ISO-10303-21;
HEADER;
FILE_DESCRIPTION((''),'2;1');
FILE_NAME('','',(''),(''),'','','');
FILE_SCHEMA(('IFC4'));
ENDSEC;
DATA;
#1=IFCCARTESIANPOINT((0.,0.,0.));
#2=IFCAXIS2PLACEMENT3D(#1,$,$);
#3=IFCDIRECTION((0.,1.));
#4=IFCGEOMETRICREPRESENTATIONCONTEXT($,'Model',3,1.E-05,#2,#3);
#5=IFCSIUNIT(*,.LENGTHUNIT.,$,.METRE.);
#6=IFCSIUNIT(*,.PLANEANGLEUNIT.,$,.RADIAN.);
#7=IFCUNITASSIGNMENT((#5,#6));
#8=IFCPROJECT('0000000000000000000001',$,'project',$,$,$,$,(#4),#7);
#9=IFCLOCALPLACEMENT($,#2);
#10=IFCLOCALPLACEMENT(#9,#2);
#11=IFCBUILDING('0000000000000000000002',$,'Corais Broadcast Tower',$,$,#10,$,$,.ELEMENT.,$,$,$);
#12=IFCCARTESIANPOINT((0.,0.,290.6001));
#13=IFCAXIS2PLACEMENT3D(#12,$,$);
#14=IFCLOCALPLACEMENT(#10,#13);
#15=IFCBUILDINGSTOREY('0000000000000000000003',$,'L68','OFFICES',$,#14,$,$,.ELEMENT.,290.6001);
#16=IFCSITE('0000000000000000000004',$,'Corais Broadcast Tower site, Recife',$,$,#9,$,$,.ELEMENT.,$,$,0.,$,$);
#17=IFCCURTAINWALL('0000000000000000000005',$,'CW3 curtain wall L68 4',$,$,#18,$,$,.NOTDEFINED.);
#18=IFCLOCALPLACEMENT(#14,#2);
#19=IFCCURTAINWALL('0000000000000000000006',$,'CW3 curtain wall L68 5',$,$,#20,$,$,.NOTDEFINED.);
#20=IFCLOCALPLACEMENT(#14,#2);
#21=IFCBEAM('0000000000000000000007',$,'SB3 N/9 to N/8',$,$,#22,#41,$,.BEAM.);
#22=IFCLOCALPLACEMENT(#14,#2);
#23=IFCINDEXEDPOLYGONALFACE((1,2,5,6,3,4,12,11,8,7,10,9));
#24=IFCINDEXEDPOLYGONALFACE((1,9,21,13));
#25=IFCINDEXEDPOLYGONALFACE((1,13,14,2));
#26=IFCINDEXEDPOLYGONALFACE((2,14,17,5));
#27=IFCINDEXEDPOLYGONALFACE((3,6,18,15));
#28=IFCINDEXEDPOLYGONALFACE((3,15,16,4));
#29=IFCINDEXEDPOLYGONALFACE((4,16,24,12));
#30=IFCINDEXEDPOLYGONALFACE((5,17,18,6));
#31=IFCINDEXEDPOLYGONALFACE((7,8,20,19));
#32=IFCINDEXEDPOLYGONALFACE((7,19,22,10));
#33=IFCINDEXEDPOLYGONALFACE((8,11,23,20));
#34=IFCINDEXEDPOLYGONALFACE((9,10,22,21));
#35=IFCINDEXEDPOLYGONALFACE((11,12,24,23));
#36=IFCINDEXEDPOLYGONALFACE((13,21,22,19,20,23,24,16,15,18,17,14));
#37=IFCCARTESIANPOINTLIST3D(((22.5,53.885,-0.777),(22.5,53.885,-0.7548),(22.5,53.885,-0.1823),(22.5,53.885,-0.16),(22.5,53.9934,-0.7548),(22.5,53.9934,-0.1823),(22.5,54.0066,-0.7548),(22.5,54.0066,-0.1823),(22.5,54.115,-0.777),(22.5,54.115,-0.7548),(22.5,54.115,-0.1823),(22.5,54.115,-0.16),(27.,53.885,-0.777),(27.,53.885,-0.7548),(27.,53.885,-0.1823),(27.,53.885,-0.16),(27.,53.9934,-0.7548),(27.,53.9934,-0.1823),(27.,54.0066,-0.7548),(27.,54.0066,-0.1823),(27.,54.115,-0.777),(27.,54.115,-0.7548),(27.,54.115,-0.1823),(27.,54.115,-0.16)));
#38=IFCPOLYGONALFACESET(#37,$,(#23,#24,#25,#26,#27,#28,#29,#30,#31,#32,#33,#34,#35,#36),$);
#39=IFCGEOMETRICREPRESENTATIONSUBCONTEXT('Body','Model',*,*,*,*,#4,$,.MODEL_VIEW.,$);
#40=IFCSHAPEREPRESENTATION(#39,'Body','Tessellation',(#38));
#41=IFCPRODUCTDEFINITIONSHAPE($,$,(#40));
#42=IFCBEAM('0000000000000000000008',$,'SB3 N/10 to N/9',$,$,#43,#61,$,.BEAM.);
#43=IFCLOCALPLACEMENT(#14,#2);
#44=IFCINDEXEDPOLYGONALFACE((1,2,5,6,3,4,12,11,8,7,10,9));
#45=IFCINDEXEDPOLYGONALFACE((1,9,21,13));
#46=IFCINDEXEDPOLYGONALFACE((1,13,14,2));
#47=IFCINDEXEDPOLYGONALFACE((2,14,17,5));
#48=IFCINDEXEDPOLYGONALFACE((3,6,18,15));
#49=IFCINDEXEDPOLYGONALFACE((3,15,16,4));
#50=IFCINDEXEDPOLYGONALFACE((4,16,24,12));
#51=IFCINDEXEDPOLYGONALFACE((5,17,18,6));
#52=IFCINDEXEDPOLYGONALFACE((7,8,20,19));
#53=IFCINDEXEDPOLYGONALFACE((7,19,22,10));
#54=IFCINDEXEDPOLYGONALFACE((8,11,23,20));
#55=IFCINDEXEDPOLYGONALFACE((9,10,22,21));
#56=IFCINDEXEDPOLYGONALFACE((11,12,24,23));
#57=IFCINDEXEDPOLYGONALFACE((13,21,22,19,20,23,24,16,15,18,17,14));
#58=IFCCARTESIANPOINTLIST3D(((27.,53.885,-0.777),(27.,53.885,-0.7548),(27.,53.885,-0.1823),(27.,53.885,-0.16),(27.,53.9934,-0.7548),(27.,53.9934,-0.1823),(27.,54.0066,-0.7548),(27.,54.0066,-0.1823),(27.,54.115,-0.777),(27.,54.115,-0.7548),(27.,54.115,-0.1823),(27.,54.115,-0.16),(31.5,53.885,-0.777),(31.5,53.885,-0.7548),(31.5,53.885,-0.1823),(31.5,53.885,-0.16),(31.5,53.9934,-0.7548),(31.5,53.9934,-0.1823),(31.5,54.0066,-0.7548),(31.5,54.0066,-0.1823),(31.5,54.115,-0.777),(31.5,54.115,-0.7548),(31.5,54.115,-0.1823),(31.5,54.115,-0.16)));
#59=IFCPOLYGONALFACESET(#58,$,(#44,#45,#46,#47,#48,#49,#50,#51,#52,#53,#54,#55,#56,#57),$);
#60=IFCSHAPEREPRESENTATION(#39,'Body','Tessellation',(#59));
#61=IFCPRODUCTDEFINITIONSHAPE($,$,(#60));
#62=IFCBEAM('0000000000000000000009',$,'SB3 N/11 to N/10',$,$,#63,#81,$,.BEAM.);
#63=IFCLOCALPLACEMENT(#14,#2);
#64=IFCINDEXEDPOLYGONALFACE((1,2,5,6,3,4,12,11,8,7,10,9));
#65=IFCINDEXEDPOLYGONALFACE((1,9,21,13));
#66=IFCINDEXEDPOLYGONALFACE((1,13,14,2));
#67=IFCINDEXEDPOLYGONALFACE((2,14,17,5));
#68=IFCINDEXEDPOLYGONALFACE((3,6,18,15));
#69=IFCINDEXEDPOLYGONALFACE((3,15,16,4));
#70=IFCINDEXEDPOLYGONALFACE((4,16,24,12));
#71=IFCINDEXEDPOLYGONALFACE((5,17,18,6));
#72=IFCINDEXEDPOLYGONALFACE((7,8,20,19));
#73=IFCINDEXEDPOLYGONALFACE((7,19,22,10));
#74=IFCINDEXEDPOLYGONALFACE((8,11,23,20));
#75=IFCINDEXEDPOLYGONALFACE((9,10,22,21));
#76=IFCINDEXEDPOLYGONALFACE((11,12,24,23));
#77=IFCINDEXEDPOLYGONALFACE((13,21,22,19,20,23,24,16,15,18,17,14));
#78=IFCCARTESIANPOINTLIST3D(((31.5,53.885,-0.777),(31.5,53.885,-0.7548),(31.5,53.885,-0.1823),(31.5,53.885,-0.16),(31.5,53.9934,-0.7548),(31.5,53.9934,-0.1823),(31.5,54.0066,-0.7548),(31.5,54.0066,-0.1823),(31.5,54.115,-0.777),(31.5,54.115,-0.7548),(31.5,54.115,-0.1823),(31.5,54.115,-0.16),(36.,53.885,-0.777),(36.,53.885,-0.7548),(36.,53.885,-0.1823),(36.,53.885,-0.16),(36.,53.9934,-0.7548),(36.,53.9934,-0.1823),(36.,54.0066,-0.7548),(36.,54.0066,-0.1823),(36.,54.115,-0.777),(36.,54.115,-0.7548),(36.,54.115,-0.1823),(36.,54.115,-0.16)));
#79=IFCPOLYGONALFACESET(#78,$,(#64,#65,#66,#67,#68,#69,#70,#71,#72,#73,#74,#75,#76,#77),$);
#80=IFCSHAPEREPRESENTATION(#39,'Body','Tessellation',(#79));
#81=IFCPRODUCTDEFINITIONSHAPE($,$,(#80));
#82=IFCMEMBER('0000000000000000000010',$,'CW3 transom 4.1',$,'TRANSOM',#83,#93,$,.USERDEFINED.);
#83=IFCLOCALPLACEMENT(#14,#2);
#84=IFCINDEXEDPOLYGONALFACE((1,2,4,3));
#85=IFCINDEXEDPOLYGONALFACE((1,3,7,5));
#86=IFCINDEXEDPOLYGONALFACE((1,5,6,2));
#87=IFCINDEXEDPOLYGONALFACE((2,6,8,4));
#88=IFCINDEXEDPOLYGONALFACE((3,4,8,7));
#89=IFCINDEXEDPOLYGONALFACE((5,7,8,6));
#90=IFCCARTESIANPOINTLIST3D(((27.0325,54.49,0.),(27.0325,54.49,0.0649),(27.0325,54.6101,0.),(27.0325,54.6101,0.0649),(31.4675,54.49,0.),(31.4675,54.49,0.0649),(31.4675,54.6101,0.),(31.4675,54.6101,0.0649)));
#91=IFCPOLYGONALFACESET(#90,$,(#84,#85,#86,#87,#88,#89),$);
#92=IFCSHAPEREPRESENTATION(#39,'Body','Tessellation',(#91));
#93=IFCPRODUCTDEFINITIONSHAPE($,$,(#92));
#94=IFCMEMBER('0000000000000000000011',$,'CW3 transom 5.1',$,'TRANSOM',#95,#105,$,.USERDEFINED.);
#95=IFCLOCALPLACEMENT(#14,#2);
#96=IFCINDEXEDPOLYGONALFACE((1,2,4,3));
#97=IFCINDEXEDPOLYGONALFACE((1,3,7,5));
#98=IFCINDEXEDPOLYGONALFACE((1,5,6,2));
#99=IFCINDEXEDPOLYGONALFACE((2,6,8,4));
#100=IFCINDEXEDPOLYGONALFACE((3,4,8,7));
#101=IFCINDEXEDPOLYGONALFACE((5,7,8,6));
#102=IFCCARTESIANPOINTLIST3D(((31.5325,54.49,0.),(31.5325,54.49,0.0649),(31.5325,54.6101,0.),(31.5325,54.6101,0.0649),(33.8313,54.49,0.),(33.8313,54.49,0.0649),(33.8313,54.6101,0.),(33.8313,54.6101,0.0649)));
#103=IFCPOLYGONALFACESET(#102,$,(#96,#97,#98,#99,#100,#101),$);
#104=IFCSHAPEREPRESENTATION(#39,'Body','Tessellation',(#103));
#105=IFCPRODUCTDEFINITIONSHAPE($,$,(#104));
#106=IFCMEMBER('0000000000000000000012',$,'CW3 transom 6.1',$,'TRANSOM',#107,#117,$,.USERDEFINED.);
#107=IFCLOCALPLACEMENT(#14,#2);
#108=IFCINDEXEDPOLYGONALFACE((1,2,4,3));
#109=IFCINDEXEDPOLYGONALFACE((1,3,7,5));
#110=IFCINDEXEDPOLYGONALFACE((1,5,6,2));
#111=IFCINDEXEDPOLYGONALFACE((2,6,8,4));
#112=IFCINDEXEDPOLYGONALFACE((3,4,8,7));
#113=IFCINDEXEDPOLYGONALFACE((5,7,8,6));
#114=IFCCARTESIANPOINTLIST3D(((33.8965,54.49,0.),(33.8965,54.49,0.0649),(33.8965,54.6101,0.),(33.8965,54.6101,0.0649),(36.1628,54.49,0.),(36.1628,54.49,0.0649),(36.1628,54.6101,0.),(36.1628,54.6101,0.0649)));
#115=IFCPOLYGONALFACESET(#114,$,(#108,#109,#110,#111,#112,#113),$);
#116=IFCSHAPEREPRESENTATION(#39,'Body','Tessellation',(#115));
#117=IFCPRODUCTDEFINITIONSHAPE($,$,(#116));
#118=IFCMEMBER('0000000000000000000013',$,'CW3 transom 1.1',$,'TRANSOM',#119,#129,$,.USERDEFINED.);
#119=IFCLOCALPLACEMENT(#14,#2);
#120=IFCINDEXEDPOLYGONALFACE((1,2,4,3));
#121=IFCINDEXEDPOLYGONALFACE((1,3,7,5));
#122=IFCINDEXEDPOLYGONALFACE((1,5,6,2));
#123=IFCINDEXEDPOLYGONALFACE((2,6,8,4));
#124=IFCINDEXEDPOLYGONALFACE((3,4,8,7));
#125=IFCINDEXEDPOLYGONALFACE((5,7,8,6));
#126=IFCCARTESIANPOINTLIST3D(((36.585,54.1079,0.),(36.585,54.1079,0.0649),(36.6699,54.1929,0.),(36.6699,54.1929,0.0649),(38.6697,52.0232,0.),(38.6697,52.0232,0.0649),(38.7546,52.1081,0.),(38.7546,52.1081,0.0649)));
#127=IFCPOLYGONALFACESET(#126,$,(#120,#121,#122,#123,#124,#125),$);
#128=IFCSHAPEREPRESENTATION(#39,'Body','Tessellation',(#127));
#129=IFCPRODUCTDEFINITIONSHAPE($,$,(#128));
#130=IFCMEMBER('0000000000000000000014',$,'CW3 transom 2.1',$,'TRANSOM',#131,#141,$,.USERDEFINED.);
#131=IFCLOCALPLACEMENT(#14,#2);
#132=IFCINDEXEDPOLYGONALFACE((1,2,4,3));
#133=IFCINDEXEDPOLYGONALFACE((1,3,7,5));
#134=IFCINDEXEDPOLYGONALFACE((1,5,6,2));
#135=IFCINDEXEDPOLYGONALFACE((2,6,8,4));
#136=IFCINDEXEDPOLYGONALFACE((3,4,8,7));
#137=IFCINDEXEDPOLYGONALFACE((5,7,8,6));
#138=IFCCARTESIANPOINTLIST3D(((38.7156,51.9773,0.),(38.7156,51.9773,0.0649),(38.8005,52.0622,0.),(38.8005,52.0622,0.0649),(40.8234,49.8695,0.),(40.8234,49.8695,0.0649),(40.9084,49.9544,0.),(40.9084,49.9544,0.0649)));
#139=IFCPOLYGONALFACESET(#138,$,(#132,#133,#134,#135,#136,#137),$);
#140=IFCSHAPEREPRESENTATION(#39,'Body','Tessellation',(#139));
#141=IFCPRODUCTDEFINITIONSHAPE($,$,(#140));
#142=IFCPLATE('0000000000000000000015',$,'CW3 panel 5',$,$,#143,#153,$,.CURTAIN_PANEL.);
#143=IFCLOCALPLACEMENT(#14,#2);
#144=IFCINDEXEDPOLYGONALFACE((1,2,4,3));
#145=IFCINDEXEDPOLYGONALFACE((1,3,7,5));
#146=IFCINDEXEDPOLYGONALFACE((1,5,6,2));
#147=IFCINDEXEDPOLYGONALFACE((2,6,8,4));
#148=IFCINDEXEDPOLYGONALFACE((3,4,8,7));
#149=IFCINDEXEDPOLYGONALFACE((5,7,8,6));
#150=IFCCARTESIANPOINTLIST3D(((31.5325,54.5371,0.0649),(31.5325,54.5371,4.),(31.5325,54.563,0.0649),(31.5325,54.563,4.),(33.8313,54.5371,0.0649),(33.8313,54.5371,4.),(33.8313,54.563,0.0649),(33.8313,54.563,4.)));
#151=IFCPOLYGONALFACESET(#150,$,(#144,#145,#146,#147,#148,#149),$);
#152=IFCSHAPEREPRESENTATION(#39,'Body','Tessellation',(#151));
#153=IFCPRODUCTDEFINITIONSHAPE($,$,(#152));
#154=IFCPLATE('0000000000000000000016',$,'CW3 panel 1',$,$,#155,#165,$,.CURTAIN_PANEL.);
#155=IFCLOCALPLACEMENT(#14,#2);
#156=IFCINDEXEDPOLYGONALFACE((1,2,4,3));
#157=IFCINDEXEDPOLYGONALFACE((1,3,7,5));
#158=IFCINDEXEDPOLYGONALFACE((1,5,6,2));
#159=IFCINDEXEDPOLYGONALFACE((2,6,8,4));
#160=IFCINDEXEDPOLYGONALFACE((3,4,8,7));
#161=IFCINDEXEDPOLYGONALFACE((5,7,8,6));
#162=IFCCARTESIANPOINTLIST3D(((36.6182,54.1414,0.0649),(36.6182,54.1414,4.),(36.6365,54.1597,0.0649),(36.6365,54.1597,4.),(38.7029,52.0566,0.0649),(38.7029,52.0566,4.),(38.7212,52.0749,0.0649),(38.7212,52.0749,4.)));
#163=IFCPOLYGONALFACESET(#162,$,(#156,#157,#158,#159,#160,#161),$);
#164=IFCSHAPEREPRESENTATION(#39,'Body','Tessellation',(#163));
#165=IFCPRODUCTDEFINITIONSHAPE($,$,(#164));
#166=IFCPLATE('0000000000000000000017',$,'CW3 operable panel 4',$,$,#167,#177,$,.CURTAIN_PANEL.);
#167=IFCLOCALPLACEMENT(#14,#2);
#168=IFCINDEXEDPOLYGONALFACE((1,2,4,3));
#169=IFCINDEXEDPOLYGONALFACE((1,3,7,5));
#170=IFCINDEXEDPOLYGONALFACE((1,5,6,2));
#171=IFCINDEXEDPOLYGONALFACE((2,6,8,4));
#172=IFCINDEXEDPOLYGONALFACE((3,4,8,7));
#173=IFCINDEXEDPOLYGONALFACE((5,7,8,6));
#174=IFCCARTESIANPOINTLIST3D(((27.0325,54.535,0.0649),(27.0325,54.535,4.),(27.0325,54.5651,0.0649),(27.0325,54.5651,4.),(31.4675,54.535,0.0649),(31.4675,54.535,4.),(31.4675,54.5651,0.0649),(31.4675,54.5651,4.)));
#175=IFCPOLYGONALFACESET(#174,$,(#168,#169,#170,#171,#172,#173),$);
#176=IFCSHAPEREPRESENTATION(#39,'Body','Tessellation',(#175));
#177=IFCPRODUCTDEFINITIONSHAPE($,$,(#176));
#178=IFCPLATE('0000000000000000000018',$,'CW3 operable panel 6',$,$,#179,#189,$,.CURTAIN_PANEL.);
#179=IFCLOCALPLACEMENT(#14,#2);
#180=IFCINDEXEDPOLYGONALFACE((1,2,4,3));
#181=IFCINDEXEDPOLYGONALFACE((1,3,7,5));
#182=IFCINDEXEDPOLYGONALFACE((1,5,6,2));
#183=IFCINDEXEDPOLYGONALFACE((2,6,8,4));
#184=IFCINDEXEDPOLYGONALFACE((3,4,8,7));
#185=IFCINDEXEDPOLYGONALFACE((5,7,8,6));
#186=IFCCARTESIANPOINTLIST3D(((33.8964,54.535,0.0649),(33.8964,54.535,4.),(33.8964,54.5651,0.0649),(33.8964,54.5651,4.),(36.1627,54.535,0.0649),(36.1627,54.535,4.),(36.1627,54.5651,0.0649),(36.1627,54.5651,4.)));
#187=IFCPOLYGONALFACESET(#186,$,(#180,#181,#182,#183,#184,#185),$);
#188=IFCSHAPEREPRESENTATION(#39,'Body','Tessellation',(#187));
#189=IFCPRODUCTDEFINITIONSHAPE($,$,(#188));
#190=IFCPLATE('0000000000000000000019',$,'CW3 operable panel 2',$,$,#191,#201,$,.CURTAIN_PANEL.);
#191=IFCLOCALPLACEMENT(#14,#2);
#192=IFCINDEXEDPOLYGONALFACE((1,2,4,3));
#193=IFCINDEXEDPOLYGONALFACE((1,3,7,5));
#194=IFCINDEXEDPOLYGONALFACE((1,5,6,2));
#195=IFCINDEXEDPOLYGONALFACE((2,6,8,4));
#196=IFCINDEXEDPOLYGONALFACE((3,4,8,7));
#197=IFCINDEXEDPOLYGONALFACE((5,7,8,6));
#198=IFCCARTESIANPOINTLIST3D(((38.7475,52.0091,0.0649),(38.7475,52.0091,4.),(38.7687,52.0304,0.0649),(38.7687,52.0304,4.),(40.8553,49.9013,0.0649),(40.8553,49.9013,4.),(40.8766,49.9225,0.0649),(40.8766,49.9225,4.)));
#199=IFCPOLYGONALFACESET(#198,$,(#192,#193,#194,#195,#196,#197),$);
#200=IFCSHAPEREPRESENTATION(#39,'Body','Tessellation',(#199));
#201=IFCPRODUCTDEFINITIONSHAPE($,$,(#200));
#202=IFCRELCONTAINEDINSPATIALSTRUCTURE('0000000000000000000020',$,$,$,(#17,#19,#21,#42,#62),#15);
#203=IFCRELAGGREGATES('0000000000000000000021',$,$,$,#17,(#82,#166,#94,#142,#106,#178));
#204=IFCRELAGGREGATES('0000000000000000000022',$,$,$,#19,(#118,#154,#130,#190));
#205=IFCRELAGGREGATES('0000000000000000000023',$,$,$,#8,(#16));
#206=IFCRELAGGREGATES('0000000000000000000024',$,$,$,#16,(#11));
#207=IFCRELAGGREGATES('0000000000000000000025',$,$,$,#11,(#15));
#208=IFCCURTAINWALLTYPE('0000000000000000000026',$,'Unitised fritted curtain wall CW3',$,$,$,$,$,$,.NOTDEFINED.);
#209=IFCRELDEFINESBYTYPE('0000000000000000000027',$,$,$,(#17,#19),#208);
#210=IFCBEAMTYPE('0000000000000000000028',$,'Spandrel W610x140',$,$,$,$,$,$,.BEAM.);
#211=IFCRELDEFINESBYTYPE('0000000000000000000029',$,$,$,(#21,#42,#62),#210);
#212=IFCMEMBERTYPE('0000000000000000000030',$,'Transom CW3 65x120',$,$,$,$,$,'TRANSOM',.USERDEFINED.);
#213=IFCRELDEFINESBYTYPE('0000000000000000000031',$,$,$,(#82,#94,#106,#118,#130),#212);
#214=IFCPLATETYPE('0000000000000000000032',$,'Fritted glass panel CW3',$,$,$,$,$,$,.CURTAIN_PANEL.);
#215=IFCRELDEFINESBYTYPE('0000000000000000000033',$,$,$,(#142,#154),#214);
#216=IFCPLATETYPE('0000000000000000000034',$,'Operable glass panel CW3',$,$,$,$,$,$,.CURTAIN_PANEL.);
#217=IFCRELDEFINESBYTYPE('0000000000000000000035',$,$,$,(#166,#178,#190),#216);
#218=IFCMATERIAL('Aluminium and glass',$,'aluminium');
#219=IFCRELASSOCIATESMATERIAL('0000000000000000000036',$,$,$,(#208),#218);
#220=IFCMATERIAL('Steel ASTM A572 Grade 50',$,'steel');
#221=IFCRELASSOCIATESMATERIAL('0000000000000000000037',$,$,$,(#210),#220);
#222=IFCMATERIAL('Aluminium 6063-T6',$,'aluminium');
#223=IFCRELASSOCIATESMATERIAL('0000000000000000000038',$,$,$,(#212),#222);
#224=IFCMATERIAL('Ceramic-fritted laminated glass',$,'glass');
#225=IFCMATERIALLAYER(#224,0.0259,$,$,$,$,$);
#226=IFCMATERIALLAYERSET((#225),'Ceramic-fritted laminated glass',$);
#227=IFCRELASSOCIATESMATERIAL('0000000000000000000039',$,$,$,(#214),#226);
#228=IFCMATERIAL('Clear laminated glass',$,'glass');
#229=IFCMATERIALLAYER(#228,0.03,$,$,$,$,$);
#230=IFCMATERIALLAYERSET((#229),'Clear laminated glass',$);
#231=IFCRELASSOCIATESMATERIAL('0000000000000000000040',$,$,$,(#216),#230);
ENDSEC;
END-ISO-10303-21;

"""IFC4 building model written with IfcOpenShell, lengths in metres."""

from ifc_helpers import new_model, si_unit, direction, frame, origin, origin_2d, place, context, subcontext, project, spatial, rectangle, i_section, extrude, material, layer, layer_set, material_profile, profile_set, type_object, element, aggregate, save


model = new_model("IFC4")

# Units and contexts
model_context = context("Model", 3, precision=1e-05, world=origin(), true_north=direction((0.0, 1.0)))
body_context = subcontext(model_context, "Body", "Model", "MODEL_VIEW")
ifc_project = project(units=[si_unit("LENGTHUNIT", "METRE"), si_unit("PLANEANGLEUNIT", "RADIAN")], contexts=[model_context])

# Site, building, storey
site_placement = place(None, origin())
site = spatial("IfcSite", under=ifc_project, at=site_placement, Name="Corais Broadcast Tower site, Recife", CompositionType="ELEMENT", RefElevation=0.0)
building_placement = place(site_placement, origin())
building = spatial("IfcBuilding", under=site, at=building_placement, Name="Corais Broadcast Tower", CompositionType="ELEMENT")
storey_placement = place(building_placement, frame((0.0, 0.0, 290.6001)))
storey = spatial("IfcBuildingStorey", under=building, at=storey_placement, Name="L68", Description="OFFICES", CompositionType="ELEMENT", Elevation=290.6001)

# Curtain walls
ifc_material_1 = material(Name="Aluminium and glass", Category="aluminium")
curtain_wall_type = type_object("IfcCurtainWallType", Name="Unitised fritted curtain wall CW3", PredefinedType="NOTDEFINED", material=ifc_material_1)
curtain_wall_1_placement = place(storey_placement, origin())
curtain_wall_1 = element("IfcCurtainWall", 1, at=curtain_wall_1_placement, inside=storey, type_object=curtain_wall_type, Name="CW3 curtain wall L68 4", PredefinedType="NOTDEFINED")
curtain_wall_2_placement = place(storey_placement, origin())
curtain_wall_2 = element("IfcCurtainWall", 2, at=curtain_wall_2_placement, inside=storey, type_object=curtain_wall_type, Name="CW3 curtain wall L68 5", PredefinedType="NOTDEFINED")

# Beams
ifc_material_2 = material(Name="Steel ASTM A572 Grade 50", Category="steel")
ifc_material_profile_1 = material_profile(ifc_material_2, i_section(OverallWidth=0.23, OverallDepth=0.6169, WebThickness=0.0132, FlangeThickness=0.0222, at=origin_2d()), Name="W610x140")
ifc_profile_set_1 = profile_set([ifc_material_profile_1], Name="Steel ASTM A572 Grade 50")
beam_type_1 = type_object("IfcBeamType", Name="Spandrel W610x140", PredefinedType="BEAM", material=ifc_profile_set_1)
for number, where, z_axis, x_axis, name in (
    (3, (27.0, 54.0, -0.4685), (-1.0, 0.0, 0.0), (0.0, -1.0, 0.0), "SB3 N/9 to N/8"),
    (4, (31.5, 54.0, -0.4685), (-1.0, 0.0, 0.0), (0.0, -1.0, 0.0), "SB3 N/10 to N/9"),
    (5, (36.0, 54.0, -0.4685), (-1.0, 0.0, 0.0), (0.0, -1.0, 0.0), "SB3 N/11 to N/10"),
):
    element("IfcBeam", number, at=place(storey_placement, frame(where, z_axis=z_axis, x_axis=x_axis)), inside=storey, type_object=beam_type_1, Name=name, PredefinedType="BEAM", context=body_context, shape_type="SweptSolid", body=[
        extrude(i_section(OverallWidth=0.23, OverallDepth=0.6169, WebThickness=0.0132, FlangeThickness=0.0222, at=origin_2d()), origin(), (0.0, 0.0, 1.0), 4.5),
    ])

# Members
ifc_material_3 = material(Name="Aluminium 6063-T6", Category="aluminium")
ifc_material_profile_2 = material_profile(ifc_material_3, rectangle(XDim=0.1201, YDim=0.0649, at=origin_2d()), Name="Transom CW3 65x120")
ifc_profile_set_2 = profile_set([ifc_material_profile_2], Name="Aluminium 6063-T6")
member_type_1 = type_object("IfcMemberType", Name="Transom CW3 65x120", ElementType="TRANSOM", PredefinedType="USERDEFINED", material=ifc_profile_set_2)
member_1_placement = place(storey_placement, frame((27.0325, 54.55, 0.0325), z_axis=(1.0, 0.0, 0.0), x_axis=(0.0, 1.0, 0.0)))
member_1 = element("IfcMember", 6, at=member_1_placement, type_object=member_type_1, Name="CW3 transom 4.1", ObjectType="TRANSOM", PredefinedType="USERDEFINED", context=body_context, shape_type="SweptSolid", body=[
    extrude(rectangle(XDim=0.1201, YDim=0.0649, at=origin_2d()), origin(), (0.0, 0.0, 1.0), 4.4351),
])
member_2_placement = place(storey_placement, frame((31.5325, 54.55, 0.0325), z_axis=(1.0, 0.0, 0.0), x_axis=(0.0, 1.0, 0.0)))
member_2 = element("IfcMember", 7, at=member_2_placement, type_object=member_type_1, Name="CW3 transom 5.1", ObjectType="TRANSOM", PredefinedType="USERDEFINED", context=body_context, shape_type="SweptSolid", body=[
    extrude(rectangle(XDim=0.1201, YDim=0.0649, at=origin_2d()), origin(), (0.0, 0.0, 1.0), 2.2988),
])
member_3_placement = place(storey_placement, frame((33.8965, 54.55, 0.0325), z_axis=(1.0, 0.0, 0.0), x_axis=(0.0, 1.0, 0.0)))
member_3 = element("IfcMember", 8, at=member_3_placement, type_object=member_type_1, Name="CW3 transom 6.1", ObjectType="TRANSOM", PredefinedType="USERDEFINED", context=body_context, shape_type="SweptSolid", body=[
    extrude(rectangle(XDim=0.1201, YDim=0.0649, at=origin_2d()), origin(), (0.0, 0.0, 1.0), 2.2664),
])
member_4_placement = place(storey_placement, frame((36.6274, 54.1504, 0.0325), z_axis=(0.707107, -0.707107, 0.0), x_axis=(0.707107, 0.707107, 0.0)))
member_4 = element("IfcMember", 9, at=member_4_placement, type_object=member_type_1, Name="CW3 transom 1.1", ObjectType="TRANSOM", PredefinedType="USERDEFINED", context=body_context, shape_type="SweptSolid", body=[
    extrude(rectangle(XDim=0.1201, YDim=0.0649, at=origin_2d()), origin(), (0.0, 0.0, 1.0), 2.9482),
])
member_5_placement = place(storey_placement, frame((38.7581, 52.0198, 0.0325), z_axis=(0.707107, -0.707107, 0.0), x_axis=(0.707107, 0.707107, 0.0)))
member_5 = element("IfcMember", 10, at=member_5_placement, type_object=member_type_1, Name="CW3 transom 2.1", ObjectType="TRANSOM", PredefinedType="USERDEFINED", context=body_context, shape_type="SweptSolid", body=[
    extrude(rectangle(XDim=0.1201, YDim=0.0649, at=origin_2d()), origin(), (0.0, 0.0, 1.0), 2.981),
])

# Plates
ifc_material_4 = material(Name="Ceramic-fritted laminated glass", Category="glass")
ifc_layer_1 = layer(ifc_material_4, 0.0259)
ifc_layer_set_1 = layer_set([ifc_layer_1], Name="Ceramic-fritted laminated glass")
plate_type_1 = type_object("IfcPlateType", Name="Fritted glass panel CW3", PredefinedType="CURTAIN_PANEL", material=ifc_layer_set_1)
plate_1_placement = place(storey_placement, frame((32.6819, 54.55, 0.0649), z_axis=(0.0, 0.0, 1.0), x_axis=(1.0, 0.0, 0.0)))
plate_1 = element("IfcPlate", 11, at=plate_1_placement, type_object=plate_type_1, Name="CW3 panel 5", PredefinedType="CURTAIN_PANEL", context=body_context, shape_type="SweptSolid", body=[
    extrude(rectangle(XDim=2.2988, YDim=0.0259, at=origin_2d()), origin(), (0.0, 0.0, 1.0), 3.9351),
])
plate_2_placement = place(storey_placement, frame((37.6697, 53.1082, 0.0649), z_axis=(0.0, 0.0, 1.0), x_axis=(0.707107, -0.707107, 0.0)))
plate_2 = element("IfcPlate", 12, at=plate_2_placement, type_object=plate_type_1, Name="CW3 panel 1", PredefinedType="CURTAIN_PANEL", context=body_context, shape_type="SweptSolid", body=[
    extrude(rectangle(XDim=2.9482, YDim=0.0259, at=origin_2d()), origin(), (0.0, 0.0, 1.0), 3.9351),
])
ifc_material_5 = material(Name="Clear laminated glass", Category="glass")
ifc_layer_2 = layer(ifc_material_5, 0.03)
ifc_layer_set_2 = layer_set([ifc_layer_2], Name="Clear laminated glass")
plate_type_2 = type_object("IfcPlateType", Name="Operable glass panel CW3", PredefinedType="CURTAIN_PANEL", material=ifc_layer_set_2)
plate_3_placement = place(storey_placement, frame((29.25, 54.55, 0.0649), z_axis=(0.0, 0.0, 1.0), x_axis=(1.0, 0.0, 0.0)))
plate_3 = element("IfcPlate", 13, at=plate_3_placement, type_object=plate_type_2, Name="CW3 operable panel 4", PredefinedType="CURTAIN_PANEL", context=body_context, shape_type="SweptSolid", body=[
    extrude(rectangle(XDim=4.4351, YDim=0.03, at=origin_2d()), origin(), (0.0, 0.0, 1.0), 3.9351),
])
plate_4_placement = place(storey_placement, frame((35.0295, 54.55, 0.0649), z_axis=(0.0, 0.0, 1.0), x_axis=(1.0, 0.0, 0.0)))
plate_4 = element("IfcPlate", 14, at=plate_4_placement, type_object=plate_type_2, Name="CW3 operable panel 6", PredefinedType="CURTAIN_PANEL", context=body_context, shape_type="SweptSolid", body=[
    extrude(rectangle(XDim=2.2664, YDim=0.03, at=origin_2d()), origin(), (0.0, 0.0, 1.0), 3.9351),
])
aggregate(curtain_wall_1, [member_1, plate_3, member_2, plate_1, member_3, plate_4])
plate_5_placement = place(storey_placement, frame((39.812, 50.9658, 0.0649), z_axis=(0.0, 0.0, 1.0), x_axis=(0.707107, -0.707107, 0.0)))
plate_5 = element("IfcPlate", 15, at=plate_5_placement, type_object=plate_type_2, Name="CW3 operable panel 2", PredefinedType="CURTAIN_PANEL", context=body_context, shape_type="SweptSolid", body=[
    extrude(rectangle(XDim=2.981, YDim=0.03, at=origin_2d()), origin(), (0.0, 0.0, 1.0), 3.9351),
])
aggregate(curtain_wall_2, [member_4, plate_2, member_5, plate_5])

save(model, "model.ifc")
